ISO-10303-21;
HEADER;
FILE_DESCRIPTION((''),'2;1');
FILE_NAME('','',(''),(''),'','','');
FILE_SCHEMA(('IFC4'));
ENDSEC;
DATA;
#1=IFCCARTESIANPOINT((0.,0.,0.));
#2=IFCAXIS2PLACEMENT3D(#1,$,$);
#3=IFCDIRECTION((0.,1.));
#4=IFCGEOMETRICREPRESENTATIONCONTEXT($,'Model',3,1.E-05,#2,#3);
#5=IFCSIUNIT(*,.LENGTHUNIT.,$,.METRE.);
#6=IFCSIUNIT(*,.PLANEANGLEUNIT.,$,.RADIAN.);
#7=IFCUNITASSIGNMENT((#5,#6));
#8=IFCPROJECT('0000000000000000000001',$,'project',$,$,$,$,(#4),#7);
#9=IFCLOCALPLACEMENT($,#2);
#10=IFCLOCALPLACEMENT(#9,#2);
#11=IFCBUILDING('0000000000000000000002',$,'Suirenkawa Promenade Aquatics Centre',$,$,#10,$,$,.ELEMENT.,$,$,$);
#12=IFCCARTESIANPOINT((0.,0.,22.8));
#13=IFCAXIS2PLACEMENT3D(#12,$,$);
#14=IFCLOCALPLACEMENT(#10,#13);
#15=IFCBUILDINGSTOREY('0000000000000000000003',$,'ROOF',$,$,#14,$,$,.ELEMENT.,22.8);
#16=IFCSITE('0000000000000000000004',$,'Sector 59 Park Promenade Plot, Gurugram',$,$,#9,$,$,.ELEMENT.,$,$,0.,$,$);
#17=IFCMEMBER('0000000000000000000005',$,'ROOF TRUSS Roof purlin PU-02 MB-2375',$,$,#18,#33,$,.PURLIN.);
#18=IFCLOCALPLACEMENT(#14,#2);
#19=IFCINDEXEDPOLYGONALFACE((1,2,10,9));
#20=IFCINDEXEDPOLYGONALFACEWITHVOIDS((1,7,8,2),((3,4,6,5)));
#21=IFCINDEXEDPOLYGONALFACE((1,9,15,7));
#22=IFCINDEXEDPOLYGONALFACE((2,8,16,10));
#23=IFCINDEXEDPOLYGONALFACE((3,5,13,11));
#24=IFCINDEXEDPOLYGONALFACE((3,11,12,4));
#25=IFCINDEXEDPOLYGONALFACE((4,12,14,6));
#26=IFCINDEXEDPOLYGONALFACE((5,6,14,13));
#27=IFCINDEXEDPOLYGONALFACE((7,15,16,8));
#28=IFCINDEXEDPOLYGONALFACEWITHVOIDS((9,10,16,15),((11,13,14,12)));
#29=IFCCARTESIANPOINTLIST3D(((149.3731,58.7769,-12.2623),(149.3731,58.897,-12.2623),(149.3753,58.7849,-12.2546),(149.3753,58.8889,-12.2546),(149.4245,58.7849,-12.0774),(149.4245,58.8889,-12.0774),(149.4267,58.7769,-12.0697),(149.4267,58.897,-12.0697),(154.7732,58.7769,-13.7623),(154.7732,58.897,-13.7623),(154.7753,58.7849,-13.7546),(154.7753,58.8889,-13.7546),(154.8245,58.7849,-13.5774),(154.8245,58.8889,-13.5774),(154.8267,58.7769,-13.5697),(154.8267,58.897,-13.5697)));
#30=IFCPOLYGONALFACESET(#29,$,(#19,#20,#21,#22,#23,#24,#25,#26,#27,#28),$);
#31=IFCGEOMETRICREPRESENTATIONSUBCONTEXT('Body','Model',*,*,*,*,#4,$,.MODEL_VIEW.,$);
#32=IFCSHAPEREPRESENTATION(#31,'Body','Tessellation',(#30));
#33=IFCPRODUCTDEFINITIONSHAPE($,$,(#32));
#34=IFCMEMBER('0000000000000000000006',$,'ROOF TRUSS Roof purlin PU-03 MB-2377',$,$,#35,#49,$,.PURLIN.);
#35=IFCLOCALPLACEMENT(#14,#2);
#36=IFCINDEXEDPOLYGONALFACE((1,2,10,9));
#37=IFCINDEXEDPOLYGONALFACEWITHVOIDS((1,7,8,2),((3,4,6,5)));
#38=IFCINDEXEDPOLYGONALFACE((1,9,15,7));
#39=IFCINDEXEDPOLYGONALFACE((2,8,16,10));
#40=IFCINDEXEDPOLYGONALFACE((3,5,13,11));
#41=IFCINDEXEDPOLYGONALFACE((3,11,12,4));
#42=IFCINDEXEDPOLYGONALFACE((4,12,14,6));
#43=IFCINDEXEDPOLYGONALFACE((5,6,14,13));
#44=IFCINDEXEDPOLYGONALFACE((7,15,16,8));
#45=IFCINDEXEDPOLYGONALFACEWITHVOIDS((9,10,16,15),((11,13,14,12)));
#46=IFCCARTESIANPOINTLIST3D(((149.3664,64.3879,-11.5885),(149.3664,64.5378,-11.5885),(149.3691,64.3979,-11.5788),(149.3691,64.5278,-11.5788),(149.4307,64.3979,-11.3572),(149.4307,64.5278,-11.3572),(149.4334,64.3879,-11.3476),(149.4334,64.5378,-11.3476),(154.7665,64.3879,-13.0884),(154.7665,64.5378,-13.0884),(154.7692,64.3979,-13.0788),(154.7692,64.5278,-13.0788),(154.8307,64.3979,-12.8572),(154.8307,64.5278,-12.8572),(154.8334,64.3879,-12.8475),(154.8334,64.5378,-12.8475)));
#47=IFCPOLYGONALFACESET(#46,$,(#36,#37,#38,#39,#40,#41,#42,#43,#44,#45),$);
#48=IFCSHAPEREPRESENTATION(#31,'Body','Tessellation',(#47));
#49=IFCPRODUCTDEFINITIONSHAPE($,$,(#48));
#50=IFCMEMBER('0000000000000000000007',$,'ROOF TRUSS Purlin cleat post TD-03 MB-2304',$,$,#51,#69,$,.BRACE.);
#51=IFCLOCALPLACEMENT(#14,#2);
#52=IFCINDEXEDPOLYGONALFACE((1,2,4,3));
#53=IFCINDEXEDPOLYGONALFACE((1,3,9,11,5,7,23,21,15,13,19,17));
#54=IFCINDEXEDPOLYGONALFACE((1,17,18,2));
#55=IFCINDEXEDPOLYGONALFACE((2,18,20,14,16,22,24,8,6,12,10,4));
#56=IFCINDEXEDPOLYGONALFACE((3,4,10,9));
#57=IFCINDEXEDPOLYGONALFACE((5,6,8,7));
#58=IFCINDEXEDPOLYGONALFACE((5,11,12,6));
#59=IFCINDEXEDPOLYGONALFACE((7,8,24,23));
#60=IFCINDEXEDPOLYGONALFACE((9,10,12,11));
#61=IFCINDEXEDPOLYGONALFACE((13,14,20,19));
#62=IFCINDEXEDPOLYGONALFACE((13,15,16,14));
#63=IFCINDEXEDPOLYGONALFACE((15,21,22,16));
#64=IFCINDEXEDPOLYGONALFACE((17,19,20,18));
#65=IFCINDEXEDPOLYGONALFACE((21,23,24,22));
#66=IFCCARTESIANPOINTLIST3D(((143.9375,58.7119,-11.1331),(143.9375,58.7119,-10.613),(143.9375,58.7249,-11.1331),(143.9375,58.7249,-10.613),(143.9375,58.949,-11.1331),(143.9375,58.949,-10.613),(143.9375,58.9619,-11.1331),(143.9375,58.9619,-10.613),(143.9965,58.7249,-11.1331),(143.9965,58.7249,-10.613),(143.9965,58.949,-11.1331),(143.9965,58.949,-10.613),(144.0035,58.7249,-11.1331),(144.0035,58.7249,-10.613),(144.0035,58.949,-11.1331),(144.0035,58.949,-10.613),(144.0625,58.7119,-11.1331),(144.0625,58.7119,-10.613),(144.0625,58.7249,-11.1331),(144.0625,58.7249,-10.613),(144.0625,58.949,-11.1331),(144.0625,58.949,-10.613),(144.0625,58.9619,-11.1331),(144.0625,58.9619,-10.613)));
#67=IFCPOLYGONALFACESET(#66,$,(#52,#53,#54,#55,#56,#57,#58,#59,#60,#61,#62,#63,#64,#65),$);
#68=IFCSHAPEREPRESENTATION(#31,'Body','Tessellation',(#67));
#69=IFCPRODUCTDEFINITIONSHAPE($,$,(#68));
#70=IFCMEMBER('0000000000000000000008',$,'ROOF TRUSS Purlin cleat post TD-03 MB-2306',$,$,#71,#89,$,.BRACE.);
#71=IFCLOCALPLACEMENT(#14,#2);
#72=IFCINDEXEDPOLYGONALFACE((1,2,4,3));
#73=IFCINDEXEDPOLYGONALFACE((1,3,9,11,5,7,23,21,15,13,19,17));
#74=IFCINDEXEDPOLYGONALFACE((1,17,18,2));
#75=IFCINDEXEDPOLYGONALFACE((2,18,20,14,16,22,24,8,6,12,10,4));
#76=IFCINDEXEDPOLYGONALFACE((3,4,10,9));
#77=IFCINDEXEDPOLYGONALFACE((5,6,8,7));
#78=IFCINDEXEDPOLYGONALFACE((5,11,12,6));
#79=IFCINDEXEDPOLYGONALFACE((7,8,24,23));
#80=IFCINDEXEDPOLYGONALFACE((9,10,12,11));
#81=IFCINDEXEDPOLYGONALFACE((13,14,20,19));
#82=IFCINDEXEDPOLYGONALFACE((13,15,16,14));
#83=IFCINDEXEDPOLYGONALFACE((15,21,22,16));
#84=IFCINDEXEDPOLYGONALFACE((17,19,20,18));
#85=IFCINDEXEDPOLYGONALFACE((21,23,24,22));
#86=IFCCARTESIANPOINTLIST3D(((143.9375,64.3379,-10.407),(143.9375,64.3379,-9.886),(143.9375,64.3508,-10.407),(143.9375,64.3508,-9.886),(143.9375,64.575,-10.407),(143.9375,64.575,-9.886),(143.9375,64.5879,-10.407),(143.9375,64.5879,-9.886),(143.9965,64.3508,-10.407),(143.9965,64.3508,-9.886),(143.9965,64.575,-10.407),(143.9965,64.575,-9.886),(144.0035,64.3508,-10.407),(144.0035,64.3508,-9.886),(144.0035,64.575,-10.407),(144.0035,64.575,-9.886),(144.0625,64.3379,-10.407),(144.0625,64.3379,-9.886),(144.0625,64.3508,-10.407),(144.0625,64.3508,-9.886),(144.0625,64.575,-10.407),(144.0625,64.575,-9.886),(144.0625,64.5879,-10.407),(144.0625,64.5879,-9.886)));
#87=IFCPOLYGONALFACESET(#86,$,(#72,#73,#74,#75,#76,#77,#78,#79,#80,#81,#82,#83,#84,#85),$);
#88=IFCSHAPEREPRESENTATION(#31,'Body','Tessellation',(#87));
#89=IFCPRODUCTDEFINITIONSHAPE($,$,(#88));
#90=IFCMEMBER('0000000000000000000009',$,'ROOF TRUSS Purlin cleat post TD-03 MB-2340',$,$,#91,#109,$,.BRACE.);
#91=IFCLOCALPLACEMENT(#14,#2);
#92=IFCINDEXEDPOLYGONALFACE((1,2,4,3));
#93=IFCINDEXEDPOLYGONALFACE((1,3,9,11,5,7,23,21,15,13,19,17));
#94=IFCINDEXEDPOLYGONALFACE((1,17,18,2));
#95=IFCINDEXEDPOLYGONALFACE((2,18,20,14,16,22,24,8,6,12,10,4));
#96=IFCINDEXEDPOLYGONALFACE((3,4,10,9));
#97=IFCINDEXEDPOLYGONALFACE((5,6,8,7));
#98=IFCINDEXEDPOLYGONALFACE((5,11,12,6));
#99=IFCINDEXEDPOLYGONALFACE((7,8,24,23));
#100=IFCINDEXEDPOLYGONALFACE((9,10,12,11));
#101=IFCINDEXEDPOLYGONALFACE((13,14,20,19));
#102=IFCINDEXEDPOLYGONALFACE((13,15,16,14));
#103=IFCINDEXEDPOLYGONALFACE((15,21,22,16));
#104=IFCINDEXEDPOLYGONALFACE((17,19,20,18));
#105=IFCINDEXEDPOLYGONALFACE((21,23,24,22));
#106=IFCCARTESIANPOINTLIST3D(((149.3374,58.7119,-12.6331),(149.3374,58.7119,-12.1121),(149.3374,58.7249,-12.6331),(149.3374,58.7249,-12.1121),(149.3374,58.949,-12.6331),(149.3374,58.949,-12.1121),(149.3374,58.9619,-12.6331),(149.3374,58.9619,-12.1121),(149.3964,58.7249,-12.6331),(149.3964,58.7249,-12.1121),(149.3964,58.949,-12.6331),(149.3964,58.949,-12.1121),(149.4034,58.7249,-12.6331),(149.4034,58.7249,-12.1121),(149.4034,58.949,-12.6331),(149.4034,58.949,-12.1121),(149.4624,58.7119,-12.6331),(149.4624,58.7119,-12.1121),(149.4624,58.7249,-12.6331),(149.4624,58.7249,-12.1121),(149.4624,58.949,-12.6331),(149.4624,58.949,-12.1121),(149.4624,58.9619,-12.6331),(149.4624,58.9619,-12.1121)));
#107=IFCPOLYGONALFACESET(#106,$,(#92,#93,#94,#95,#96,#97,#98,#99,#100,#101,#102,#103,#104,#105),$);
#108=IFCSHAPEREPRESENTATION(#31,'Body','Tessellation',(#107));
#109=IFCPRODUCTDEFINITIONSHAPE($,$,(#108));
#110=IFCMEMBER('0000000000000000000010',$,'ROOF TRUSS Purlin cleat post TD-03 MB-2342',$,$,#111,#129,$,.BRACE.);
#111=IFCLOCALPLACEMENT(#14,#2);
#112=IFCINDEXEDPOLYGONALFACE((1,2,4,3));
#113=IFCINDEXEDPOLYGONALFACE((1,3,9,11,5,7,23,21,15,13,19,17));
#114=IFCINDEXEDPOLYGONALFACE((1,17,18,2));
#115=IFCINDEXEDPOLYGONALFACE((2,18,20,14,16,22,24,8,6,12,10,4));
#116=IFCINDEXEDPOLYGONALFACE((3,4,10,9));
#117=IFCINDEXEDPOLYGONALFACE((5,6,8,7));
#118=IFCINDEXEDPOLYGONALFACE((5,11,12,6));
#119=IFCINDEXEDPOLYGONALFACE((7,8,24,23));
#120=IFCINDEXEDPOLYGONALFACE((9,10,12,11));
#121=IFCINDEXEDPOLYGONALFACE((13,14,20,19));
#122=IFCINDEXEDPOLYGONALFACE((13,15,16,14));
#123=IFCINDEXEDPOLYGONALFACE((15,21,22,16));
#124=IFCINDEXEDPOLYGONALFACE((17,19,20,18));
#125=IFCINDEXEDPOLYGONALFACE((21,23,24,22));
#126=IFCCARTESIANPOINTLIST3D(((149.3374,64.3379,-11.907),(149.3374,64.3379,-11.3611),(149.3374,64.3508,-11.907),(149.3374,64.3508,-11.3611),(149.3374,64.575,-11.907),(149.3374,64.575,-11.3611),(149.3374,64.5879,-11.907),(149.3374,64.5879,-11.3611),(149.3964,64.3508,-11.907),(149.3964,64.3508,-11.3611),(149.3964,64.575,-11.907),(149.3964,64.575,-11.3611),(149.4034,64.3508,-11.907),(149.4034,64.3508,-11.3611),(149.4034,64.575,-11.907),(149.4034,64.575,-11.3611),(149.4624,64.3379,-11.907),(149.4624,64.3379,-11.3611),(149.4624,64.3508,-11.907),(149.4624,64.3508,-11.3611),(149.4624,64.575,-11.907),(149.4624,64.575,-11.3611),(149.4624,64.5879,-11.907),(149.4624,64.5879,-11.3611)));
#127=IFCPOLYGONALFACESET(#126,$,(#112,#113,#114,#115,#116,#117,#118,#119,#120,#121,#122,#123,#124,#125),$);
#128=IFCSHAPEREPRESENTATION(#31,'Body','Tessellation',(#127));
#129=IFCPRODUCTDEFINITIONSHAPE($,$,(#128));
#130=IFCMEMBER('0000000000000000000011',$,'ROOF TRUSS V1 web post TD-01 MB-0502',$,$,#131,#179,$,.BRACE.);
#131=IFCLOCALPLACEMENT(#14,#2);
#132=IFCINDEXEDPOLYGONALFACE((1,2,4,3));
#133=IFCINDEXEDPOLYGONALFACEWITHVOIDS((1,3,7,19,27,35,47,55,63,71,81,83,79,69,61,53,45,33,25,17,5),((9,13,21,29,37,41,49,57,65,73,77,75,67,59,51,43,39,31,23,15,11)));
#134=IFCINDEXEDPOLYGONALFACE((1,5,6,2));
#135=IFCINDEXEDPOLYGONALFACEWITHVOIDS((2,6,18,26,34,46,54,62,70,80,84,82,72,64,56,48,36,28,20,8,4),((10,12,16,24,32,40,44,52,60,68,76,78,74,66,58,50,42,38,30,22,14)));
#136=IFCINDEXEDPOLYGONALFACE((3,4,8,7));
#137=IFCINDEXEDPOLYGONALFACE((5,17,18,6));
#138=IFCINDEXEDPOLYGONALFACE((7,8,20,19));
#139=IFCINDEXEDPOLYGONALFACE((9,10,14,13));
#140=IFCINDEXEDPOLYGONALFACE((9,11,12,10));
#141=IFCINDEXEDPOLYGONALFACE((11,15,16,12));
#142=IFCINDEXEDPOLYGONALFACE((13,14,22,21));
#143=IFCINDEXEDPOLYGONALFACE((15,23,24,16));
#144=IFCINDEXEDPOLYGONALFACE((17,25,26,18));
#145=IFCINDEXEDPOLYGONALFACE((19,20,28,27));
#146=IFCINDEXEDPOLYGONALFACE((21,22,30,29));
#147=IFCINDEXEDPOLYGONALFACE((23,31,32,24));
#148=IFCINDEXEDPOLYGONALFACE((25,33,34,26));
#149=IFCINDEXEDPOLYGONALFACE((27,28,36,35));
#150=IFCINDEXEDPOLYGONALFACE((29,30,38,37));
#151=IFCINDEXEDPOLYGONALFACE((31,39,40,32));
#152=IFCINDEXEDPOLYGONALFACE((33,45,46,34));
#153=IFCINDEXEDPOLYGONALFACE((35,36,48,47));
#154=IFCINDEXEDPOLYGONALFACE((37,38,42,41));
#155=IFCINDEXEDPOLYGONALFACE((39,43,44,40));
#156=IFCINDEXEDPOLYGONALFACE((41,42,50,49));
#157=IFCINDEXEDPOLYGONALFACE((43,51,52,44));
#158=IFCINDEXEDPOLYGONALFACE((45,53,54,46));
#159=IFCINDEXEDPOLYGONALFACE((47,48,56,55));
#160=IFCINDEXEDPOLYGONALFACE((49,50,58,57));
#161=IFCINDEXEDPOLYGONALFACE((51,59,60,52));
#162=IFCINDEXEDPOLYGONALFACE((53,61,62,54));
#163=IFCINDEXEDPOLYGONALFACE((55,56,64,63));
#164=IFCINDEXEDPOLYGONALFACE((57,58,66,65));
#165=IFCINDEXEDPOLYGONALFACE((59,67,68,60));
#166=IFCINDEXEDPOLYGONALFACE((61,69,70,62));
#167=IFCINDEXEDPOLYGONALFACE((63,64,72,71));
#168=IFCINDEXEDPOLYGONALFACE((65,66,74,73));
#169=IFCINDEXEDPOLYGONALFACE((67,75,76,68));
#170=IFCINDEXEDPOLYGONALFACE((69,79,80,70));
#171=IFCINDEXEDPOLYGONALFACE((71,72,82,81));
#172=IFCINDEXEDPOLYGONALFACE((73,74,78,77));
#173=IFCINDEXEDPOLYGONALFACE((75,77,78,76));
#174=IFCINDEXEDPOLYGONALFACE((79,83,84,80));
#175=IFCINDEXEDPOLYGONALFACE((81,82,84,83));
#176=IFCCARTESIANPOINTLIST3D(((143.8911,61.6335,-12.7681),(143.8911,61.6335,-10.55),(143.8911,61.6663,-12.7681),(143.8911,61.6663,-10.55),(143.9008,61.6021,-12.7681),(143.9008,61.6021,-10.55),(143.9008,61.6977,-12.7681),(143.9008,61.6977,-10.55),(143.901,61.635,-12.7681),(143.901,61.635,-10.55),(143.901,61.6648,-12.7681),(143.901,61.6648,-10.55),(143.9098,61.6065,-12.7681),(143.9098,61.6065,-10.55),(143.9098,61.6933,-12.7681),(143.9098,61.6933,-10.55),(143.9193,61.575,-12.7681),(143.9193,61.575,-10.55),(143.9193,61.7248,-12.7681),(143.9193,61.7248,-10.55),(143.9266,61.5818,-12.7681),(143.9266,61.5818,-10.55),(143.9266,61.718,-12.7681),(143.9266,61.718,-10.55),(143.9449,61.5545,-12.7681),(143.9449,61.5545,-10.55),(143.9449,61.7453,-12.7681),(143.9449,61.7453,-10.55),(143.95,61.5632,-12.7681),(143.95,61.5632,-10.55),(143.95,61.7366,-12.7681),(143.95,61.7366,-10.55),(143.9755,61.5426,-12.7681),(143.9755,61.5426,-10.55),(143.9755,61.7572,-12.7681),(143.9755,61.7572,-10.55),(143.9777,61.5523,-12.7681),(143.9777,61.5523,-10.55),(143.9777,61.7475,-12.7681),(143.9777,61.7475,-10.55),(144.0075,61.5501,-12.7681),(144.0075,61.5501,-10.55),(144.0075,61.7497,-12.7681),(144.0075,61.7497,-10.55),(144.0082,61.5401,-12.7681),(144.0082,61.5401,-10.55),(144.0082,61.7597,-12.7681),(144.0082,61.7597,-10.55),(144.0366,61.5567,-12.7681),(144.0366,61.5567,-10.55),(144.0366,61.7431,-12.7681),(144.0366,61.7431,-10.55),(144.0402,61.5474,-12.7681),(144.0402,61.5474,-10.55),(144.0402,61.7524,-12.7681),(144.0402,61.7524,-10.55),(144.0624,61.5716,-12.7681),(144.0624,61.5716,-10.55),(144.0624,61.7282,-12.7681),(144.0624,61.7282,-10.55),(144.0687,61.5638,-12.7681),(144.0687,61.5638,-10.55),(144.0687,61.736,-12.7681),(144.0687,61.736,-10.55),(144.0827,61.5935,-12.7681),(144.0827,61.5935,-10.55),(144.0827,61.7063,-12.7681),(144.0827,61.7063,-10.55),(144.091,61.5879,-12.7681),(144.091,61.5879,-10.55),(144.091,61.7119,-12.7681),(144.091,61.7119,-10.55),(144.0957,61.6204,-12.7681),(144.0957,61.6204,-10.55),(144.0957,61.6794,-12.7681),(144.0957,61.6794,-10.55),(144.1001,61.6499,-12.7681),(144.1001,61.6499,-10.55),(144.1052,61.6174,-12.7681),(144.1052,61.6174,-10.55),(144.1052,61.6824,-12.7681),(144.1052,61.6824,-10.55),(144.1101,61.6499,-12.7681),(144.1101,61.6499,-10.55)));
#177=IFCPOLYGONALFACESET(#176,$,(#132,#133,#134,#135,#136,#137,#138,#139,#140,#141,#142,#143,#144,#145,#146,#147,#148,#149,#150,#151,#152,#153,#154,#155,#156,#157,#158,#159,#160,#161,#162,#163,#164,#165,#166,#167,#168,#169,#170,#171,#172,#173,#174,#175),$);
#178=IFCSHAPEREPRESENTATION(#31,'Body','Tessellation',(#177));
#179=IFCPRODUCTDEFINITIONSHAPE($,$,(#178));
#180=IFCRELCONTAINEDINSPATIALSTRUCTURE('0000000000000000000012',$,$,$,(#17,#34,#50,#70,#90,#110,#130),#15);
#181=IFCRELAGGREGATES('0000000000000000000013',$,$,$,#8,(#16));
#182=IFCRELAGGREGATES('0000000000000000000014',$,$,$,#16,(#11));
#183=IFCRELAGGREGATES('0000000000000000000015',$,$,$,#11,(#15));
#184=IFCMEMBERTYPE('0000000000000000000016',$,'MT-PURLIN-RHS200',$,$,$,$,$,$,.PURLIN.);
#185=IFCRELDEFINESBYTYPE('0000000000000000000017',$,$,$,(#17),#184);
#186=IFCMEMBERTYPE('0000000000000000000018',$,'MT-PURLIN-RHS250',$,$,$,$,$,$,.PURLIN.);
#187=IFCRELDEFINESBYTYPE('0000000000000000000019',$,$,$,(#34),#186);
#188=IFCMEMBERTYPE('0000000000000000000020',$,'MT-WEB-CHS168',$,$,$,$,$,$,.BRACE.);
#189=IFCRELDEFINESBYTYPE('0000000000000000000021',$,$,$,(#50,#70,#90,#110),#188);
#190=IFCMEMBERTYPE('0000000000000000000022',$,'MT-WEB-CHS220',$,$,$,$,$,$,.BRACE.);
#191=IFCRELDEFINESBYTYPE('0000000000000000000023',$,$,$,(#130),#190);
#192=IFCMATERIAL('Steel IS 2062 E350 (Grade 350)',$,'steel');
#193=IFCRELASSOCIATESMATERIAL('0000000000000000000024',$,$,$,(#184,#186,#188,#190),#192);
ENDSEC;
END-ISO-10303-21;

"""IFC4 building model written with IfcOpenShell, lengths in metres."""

from ifc_helpers import new_model, si_unit, direction, frame, origin, origin_2d, place, context, subcontext, project, spatial, hollow_rectangle, hollow_circle, i_section, extrude, material, material_profile, profile_set, type_object, element, save


model = new_model("IFC4")

# Units and contexts
model_context = context("Model", 3, precision=1e-05, world=origin(), true_north=direction((0.0, 1.0)))
body_context = subcontext(model_context, "Body", "Model", "MODEL_VIEW")
ifc_project = project(units=[si_unit("LENGTHUNIT", "METRE"), si_unit("PLANEANGLEUNIT", "RADIAN")], contexts=[model_context])

# Site, building, storey
site_placement = place(None, origin())
site = spatial("IfcSite", under=ifc_project, at=site_placement, Name="Sector 59 Park Promenade Plot, Gurugram", CompositionType="ELEMENT", RefElevation=0.0)
building_placement = place(site_placement, origin())
building = spatial("IfcBuilding", under=site, at=building_placement, Name="Suirenkawa Promenade Aquatics Centre", CompositionType="ELEMENT")
storey_placement = place(building_placement, frame((0.0, 0.0, 22.8)))
storey = spatial("IfcBuildingStorey", under=building, at=storey_placement, Name="ROOF", CompositionType="ELEMENT", Elevation=22.8)

# Shared definitions
ifc_material = material(Name="Steel IS 2062 E350 (Grade 350)", Category="steel")

# Members
ifc_material_profile_1 = material_profile(ifc_material, hollow_rectangle(XDim=0.1201, YDim=0.2, WallThickness=0.0081, at=origin_2d()), Name="RHS 200x120x8", Category="steel")
ifc_profile_set_1 = profile_set([ifc_material_profile_1], Name="Steel IS 2062 E350 (Grade 350)")
member_type_1 = type_object("IfcMemberType", Name="MT-PURLIN-RHS200", PredefinedType="PURLIN", material=ifc_profile_set_1)
member_1_placement = place(storey_placement, frame((149.3999, 58.8369, -12.166), z_axis=(0.96352, 0.0, -0.267637), x_axis=(0.0, 1.0, 0.0)))
element("IfcMember", 1, at=member_1_placement, inside=storey, type_object=member_type_1, Name="ROOF TRUSS Roof purlin PU-02 MB-2375", PredefinedType="PURLIN", context=body_context, shape_type="SweptSolid", body=[
    extrude(hollow_rectangle(XDim=0.1201, YDim=0.2, WallThickness=0.0081, at=origin_2d()), origin(), (0.0, 0.0, 1.0), 5.6045),
])
ifc_material_profile_2 = material_profile(ifc_material, hollow_rectangle(XDim=0.1499, YDim=0.25, WallThickness=0.01, at=origin_2d()), Name="RHS 250x150x10", Category="steel")
ifc_profile_set_2 = profile_set([ifc_material_profile_2], Name="Steel IS 2062 E350 (Grade 350)")
member_type_2 = type_object("IfcMemberType", Name="MT-PURLIN-RHS250", PredefinedType="PURLIN", material=ifc_profile_set_2)
member_2_placement = place(storey_placement, frame((149.3999, 64.4629, -11.468), z_axis=(0.96352, 0.0, -0.267637), x_axis=(0.0, 1.0, 0.0)))
element("IfcMember", 2, at=member_2_placement, inside=storey, type_object=member_type_2, Name="ROOF TRUSS Roof purlin PU-03 MB-2377", PredefinedType="PURLIN", context=body_context, shape_type="SweptSolid", body=[
    extrude(hollow_rectangle(XDim=0.1499, YDim=0.25, WallThickness=0.01, at=origin_2d()), origin(), (0.0, 0.0, 1.0), 5.6045),
])
ifc_material_profile_3 = material_profile(ifc_material, i_section(OverallWidth=0.125, OverallDepth=0.25, WebThickness=0.0071, FlangeThickness=0.0129, at=origin_2d()), Name="ISMB 250", Category="steel")
ifc_profile_set_3 = profile_set([ifc_material_profile_3], Name="Steel IS 2062 E350 (Grade 350)")
member_type_3 = type_object("IfcMemberType", Name="MT-WEB-CHS168", PredefinedType="BRACE", material=ifc_profile_set_3)
member_3_placement = place(storey_placement, frame((144.0, 58.8369, -11.1331), z_axis=(0.0, 0.0, 1.0), x_axis=(1.0, 0.0, 0.0)))
element("IfcMember", 3, at=member_3_placement, inside=storey, type_object=member_type_3, Name="ROOF TRUSS Purlin cleat post TD-03 MB-2304", PredefinedType="BRACE", context=body_context, shape_type="SweptSolid", body=[
    extrude(i_section(OverallWidth=0.125, OverallDepth=0.25, WebThickness=0.0071, FlangeThickness=0.0129, at=origin_2d()), origin(), (0.0, 0.0, 1.0), 0.52),
])
for number, where, z_axis, x_axis, name in (
    (4, (144.0, 64.4629, -10.407), (0.0, 0.0, 1.0), (1.0, 0.0, 0.0), "ROOF TRUSS Purlin cleat post TD-03 MB-2306"),
    (5, (149.3999, 58.8369, -12.6331), (0.0, 0.0, 1.0), (1.0, 0.0, 0.0), "ROOF TRUSS Purlin cleat post TD-03 MB-2340"),
):
    element("IfcMember", number, at=place(storey_placement, frame(where, z_axis=z_axis, x_axis=x_axis)), inside=storey, type_object=member_type_3, Name=name, PredefinedType="BRACE", context=body_context, shape_type="SweptSolid", body=[
        extrude(i_section(OverallWidth=0.125, OverallDepth=0.25, WebThickness=0.0071, FlangeThickness=0.0129, at=origin_2d()), origin(), (0.0, 0.0, 1.0), 0.521),
    ])
member_4_placement = place(storey_placement, frame((149.3999, 64.4629, -11.907), z_axis=(0.0, 0.0, 1.0), x_axis=(1.0, 0.0, 0.0)))
element("IfcMember", 6, at=member_4_placement, inside=storey, type_object=member_type_3, Name="ROOF TRUSS Purlin cleat post TD-03 MB-2342", PredefinedType="BRACE", context=body_context, shape_type="SweptSolid", body=[
    extrude(i_section(OverallWidth=0.125, OverallDepth=0.25, WebThickness=0.0071, FlangeThickness=0.0129, at=origin_2d()), origin(), (0.0, 0.0, 1.0), 0.5459),
])
ifc_material_profile_4 = material_profile(ifc_material, hollow_circle(Radius=0.1101, WallThickness=0.01, at=origin_2d()), Name="CHS 220x10", Category="steel")
ifc_profile_set_4 = profile_set([ifc_material_profile_4], Name="Steel IS 2062 E350 (Grade 350)")
member_type_4 = type_object("IfcMemberType", Name="MT-WEB-CHS220", PredefinedType="BRACE", material=ifc_profile_set_4)
member_5_placement = place(storey_placement, frame((144.0, 61.6499, -12.7681), z_axis=(0.0, 0.0, 1.0), x_axis=(1.0, 0.0, 0.0)))
element("IfcMember", 7, at=member_5_placement, inside=storey, type_object=member_type_4, Name="ROOF TRUSS V1 web post TD-01 MB-0502", PredefinedType="BRACE", context=body_context, shape_type="SweptSolid", body=[
    extrude(hollow_circle(Radius=0.1101, WallThickness=0.01, at=origin_2d()), origin(), (0.0, 0.0, 1.0), 2.218),
])

save(model, "model.ifc")
